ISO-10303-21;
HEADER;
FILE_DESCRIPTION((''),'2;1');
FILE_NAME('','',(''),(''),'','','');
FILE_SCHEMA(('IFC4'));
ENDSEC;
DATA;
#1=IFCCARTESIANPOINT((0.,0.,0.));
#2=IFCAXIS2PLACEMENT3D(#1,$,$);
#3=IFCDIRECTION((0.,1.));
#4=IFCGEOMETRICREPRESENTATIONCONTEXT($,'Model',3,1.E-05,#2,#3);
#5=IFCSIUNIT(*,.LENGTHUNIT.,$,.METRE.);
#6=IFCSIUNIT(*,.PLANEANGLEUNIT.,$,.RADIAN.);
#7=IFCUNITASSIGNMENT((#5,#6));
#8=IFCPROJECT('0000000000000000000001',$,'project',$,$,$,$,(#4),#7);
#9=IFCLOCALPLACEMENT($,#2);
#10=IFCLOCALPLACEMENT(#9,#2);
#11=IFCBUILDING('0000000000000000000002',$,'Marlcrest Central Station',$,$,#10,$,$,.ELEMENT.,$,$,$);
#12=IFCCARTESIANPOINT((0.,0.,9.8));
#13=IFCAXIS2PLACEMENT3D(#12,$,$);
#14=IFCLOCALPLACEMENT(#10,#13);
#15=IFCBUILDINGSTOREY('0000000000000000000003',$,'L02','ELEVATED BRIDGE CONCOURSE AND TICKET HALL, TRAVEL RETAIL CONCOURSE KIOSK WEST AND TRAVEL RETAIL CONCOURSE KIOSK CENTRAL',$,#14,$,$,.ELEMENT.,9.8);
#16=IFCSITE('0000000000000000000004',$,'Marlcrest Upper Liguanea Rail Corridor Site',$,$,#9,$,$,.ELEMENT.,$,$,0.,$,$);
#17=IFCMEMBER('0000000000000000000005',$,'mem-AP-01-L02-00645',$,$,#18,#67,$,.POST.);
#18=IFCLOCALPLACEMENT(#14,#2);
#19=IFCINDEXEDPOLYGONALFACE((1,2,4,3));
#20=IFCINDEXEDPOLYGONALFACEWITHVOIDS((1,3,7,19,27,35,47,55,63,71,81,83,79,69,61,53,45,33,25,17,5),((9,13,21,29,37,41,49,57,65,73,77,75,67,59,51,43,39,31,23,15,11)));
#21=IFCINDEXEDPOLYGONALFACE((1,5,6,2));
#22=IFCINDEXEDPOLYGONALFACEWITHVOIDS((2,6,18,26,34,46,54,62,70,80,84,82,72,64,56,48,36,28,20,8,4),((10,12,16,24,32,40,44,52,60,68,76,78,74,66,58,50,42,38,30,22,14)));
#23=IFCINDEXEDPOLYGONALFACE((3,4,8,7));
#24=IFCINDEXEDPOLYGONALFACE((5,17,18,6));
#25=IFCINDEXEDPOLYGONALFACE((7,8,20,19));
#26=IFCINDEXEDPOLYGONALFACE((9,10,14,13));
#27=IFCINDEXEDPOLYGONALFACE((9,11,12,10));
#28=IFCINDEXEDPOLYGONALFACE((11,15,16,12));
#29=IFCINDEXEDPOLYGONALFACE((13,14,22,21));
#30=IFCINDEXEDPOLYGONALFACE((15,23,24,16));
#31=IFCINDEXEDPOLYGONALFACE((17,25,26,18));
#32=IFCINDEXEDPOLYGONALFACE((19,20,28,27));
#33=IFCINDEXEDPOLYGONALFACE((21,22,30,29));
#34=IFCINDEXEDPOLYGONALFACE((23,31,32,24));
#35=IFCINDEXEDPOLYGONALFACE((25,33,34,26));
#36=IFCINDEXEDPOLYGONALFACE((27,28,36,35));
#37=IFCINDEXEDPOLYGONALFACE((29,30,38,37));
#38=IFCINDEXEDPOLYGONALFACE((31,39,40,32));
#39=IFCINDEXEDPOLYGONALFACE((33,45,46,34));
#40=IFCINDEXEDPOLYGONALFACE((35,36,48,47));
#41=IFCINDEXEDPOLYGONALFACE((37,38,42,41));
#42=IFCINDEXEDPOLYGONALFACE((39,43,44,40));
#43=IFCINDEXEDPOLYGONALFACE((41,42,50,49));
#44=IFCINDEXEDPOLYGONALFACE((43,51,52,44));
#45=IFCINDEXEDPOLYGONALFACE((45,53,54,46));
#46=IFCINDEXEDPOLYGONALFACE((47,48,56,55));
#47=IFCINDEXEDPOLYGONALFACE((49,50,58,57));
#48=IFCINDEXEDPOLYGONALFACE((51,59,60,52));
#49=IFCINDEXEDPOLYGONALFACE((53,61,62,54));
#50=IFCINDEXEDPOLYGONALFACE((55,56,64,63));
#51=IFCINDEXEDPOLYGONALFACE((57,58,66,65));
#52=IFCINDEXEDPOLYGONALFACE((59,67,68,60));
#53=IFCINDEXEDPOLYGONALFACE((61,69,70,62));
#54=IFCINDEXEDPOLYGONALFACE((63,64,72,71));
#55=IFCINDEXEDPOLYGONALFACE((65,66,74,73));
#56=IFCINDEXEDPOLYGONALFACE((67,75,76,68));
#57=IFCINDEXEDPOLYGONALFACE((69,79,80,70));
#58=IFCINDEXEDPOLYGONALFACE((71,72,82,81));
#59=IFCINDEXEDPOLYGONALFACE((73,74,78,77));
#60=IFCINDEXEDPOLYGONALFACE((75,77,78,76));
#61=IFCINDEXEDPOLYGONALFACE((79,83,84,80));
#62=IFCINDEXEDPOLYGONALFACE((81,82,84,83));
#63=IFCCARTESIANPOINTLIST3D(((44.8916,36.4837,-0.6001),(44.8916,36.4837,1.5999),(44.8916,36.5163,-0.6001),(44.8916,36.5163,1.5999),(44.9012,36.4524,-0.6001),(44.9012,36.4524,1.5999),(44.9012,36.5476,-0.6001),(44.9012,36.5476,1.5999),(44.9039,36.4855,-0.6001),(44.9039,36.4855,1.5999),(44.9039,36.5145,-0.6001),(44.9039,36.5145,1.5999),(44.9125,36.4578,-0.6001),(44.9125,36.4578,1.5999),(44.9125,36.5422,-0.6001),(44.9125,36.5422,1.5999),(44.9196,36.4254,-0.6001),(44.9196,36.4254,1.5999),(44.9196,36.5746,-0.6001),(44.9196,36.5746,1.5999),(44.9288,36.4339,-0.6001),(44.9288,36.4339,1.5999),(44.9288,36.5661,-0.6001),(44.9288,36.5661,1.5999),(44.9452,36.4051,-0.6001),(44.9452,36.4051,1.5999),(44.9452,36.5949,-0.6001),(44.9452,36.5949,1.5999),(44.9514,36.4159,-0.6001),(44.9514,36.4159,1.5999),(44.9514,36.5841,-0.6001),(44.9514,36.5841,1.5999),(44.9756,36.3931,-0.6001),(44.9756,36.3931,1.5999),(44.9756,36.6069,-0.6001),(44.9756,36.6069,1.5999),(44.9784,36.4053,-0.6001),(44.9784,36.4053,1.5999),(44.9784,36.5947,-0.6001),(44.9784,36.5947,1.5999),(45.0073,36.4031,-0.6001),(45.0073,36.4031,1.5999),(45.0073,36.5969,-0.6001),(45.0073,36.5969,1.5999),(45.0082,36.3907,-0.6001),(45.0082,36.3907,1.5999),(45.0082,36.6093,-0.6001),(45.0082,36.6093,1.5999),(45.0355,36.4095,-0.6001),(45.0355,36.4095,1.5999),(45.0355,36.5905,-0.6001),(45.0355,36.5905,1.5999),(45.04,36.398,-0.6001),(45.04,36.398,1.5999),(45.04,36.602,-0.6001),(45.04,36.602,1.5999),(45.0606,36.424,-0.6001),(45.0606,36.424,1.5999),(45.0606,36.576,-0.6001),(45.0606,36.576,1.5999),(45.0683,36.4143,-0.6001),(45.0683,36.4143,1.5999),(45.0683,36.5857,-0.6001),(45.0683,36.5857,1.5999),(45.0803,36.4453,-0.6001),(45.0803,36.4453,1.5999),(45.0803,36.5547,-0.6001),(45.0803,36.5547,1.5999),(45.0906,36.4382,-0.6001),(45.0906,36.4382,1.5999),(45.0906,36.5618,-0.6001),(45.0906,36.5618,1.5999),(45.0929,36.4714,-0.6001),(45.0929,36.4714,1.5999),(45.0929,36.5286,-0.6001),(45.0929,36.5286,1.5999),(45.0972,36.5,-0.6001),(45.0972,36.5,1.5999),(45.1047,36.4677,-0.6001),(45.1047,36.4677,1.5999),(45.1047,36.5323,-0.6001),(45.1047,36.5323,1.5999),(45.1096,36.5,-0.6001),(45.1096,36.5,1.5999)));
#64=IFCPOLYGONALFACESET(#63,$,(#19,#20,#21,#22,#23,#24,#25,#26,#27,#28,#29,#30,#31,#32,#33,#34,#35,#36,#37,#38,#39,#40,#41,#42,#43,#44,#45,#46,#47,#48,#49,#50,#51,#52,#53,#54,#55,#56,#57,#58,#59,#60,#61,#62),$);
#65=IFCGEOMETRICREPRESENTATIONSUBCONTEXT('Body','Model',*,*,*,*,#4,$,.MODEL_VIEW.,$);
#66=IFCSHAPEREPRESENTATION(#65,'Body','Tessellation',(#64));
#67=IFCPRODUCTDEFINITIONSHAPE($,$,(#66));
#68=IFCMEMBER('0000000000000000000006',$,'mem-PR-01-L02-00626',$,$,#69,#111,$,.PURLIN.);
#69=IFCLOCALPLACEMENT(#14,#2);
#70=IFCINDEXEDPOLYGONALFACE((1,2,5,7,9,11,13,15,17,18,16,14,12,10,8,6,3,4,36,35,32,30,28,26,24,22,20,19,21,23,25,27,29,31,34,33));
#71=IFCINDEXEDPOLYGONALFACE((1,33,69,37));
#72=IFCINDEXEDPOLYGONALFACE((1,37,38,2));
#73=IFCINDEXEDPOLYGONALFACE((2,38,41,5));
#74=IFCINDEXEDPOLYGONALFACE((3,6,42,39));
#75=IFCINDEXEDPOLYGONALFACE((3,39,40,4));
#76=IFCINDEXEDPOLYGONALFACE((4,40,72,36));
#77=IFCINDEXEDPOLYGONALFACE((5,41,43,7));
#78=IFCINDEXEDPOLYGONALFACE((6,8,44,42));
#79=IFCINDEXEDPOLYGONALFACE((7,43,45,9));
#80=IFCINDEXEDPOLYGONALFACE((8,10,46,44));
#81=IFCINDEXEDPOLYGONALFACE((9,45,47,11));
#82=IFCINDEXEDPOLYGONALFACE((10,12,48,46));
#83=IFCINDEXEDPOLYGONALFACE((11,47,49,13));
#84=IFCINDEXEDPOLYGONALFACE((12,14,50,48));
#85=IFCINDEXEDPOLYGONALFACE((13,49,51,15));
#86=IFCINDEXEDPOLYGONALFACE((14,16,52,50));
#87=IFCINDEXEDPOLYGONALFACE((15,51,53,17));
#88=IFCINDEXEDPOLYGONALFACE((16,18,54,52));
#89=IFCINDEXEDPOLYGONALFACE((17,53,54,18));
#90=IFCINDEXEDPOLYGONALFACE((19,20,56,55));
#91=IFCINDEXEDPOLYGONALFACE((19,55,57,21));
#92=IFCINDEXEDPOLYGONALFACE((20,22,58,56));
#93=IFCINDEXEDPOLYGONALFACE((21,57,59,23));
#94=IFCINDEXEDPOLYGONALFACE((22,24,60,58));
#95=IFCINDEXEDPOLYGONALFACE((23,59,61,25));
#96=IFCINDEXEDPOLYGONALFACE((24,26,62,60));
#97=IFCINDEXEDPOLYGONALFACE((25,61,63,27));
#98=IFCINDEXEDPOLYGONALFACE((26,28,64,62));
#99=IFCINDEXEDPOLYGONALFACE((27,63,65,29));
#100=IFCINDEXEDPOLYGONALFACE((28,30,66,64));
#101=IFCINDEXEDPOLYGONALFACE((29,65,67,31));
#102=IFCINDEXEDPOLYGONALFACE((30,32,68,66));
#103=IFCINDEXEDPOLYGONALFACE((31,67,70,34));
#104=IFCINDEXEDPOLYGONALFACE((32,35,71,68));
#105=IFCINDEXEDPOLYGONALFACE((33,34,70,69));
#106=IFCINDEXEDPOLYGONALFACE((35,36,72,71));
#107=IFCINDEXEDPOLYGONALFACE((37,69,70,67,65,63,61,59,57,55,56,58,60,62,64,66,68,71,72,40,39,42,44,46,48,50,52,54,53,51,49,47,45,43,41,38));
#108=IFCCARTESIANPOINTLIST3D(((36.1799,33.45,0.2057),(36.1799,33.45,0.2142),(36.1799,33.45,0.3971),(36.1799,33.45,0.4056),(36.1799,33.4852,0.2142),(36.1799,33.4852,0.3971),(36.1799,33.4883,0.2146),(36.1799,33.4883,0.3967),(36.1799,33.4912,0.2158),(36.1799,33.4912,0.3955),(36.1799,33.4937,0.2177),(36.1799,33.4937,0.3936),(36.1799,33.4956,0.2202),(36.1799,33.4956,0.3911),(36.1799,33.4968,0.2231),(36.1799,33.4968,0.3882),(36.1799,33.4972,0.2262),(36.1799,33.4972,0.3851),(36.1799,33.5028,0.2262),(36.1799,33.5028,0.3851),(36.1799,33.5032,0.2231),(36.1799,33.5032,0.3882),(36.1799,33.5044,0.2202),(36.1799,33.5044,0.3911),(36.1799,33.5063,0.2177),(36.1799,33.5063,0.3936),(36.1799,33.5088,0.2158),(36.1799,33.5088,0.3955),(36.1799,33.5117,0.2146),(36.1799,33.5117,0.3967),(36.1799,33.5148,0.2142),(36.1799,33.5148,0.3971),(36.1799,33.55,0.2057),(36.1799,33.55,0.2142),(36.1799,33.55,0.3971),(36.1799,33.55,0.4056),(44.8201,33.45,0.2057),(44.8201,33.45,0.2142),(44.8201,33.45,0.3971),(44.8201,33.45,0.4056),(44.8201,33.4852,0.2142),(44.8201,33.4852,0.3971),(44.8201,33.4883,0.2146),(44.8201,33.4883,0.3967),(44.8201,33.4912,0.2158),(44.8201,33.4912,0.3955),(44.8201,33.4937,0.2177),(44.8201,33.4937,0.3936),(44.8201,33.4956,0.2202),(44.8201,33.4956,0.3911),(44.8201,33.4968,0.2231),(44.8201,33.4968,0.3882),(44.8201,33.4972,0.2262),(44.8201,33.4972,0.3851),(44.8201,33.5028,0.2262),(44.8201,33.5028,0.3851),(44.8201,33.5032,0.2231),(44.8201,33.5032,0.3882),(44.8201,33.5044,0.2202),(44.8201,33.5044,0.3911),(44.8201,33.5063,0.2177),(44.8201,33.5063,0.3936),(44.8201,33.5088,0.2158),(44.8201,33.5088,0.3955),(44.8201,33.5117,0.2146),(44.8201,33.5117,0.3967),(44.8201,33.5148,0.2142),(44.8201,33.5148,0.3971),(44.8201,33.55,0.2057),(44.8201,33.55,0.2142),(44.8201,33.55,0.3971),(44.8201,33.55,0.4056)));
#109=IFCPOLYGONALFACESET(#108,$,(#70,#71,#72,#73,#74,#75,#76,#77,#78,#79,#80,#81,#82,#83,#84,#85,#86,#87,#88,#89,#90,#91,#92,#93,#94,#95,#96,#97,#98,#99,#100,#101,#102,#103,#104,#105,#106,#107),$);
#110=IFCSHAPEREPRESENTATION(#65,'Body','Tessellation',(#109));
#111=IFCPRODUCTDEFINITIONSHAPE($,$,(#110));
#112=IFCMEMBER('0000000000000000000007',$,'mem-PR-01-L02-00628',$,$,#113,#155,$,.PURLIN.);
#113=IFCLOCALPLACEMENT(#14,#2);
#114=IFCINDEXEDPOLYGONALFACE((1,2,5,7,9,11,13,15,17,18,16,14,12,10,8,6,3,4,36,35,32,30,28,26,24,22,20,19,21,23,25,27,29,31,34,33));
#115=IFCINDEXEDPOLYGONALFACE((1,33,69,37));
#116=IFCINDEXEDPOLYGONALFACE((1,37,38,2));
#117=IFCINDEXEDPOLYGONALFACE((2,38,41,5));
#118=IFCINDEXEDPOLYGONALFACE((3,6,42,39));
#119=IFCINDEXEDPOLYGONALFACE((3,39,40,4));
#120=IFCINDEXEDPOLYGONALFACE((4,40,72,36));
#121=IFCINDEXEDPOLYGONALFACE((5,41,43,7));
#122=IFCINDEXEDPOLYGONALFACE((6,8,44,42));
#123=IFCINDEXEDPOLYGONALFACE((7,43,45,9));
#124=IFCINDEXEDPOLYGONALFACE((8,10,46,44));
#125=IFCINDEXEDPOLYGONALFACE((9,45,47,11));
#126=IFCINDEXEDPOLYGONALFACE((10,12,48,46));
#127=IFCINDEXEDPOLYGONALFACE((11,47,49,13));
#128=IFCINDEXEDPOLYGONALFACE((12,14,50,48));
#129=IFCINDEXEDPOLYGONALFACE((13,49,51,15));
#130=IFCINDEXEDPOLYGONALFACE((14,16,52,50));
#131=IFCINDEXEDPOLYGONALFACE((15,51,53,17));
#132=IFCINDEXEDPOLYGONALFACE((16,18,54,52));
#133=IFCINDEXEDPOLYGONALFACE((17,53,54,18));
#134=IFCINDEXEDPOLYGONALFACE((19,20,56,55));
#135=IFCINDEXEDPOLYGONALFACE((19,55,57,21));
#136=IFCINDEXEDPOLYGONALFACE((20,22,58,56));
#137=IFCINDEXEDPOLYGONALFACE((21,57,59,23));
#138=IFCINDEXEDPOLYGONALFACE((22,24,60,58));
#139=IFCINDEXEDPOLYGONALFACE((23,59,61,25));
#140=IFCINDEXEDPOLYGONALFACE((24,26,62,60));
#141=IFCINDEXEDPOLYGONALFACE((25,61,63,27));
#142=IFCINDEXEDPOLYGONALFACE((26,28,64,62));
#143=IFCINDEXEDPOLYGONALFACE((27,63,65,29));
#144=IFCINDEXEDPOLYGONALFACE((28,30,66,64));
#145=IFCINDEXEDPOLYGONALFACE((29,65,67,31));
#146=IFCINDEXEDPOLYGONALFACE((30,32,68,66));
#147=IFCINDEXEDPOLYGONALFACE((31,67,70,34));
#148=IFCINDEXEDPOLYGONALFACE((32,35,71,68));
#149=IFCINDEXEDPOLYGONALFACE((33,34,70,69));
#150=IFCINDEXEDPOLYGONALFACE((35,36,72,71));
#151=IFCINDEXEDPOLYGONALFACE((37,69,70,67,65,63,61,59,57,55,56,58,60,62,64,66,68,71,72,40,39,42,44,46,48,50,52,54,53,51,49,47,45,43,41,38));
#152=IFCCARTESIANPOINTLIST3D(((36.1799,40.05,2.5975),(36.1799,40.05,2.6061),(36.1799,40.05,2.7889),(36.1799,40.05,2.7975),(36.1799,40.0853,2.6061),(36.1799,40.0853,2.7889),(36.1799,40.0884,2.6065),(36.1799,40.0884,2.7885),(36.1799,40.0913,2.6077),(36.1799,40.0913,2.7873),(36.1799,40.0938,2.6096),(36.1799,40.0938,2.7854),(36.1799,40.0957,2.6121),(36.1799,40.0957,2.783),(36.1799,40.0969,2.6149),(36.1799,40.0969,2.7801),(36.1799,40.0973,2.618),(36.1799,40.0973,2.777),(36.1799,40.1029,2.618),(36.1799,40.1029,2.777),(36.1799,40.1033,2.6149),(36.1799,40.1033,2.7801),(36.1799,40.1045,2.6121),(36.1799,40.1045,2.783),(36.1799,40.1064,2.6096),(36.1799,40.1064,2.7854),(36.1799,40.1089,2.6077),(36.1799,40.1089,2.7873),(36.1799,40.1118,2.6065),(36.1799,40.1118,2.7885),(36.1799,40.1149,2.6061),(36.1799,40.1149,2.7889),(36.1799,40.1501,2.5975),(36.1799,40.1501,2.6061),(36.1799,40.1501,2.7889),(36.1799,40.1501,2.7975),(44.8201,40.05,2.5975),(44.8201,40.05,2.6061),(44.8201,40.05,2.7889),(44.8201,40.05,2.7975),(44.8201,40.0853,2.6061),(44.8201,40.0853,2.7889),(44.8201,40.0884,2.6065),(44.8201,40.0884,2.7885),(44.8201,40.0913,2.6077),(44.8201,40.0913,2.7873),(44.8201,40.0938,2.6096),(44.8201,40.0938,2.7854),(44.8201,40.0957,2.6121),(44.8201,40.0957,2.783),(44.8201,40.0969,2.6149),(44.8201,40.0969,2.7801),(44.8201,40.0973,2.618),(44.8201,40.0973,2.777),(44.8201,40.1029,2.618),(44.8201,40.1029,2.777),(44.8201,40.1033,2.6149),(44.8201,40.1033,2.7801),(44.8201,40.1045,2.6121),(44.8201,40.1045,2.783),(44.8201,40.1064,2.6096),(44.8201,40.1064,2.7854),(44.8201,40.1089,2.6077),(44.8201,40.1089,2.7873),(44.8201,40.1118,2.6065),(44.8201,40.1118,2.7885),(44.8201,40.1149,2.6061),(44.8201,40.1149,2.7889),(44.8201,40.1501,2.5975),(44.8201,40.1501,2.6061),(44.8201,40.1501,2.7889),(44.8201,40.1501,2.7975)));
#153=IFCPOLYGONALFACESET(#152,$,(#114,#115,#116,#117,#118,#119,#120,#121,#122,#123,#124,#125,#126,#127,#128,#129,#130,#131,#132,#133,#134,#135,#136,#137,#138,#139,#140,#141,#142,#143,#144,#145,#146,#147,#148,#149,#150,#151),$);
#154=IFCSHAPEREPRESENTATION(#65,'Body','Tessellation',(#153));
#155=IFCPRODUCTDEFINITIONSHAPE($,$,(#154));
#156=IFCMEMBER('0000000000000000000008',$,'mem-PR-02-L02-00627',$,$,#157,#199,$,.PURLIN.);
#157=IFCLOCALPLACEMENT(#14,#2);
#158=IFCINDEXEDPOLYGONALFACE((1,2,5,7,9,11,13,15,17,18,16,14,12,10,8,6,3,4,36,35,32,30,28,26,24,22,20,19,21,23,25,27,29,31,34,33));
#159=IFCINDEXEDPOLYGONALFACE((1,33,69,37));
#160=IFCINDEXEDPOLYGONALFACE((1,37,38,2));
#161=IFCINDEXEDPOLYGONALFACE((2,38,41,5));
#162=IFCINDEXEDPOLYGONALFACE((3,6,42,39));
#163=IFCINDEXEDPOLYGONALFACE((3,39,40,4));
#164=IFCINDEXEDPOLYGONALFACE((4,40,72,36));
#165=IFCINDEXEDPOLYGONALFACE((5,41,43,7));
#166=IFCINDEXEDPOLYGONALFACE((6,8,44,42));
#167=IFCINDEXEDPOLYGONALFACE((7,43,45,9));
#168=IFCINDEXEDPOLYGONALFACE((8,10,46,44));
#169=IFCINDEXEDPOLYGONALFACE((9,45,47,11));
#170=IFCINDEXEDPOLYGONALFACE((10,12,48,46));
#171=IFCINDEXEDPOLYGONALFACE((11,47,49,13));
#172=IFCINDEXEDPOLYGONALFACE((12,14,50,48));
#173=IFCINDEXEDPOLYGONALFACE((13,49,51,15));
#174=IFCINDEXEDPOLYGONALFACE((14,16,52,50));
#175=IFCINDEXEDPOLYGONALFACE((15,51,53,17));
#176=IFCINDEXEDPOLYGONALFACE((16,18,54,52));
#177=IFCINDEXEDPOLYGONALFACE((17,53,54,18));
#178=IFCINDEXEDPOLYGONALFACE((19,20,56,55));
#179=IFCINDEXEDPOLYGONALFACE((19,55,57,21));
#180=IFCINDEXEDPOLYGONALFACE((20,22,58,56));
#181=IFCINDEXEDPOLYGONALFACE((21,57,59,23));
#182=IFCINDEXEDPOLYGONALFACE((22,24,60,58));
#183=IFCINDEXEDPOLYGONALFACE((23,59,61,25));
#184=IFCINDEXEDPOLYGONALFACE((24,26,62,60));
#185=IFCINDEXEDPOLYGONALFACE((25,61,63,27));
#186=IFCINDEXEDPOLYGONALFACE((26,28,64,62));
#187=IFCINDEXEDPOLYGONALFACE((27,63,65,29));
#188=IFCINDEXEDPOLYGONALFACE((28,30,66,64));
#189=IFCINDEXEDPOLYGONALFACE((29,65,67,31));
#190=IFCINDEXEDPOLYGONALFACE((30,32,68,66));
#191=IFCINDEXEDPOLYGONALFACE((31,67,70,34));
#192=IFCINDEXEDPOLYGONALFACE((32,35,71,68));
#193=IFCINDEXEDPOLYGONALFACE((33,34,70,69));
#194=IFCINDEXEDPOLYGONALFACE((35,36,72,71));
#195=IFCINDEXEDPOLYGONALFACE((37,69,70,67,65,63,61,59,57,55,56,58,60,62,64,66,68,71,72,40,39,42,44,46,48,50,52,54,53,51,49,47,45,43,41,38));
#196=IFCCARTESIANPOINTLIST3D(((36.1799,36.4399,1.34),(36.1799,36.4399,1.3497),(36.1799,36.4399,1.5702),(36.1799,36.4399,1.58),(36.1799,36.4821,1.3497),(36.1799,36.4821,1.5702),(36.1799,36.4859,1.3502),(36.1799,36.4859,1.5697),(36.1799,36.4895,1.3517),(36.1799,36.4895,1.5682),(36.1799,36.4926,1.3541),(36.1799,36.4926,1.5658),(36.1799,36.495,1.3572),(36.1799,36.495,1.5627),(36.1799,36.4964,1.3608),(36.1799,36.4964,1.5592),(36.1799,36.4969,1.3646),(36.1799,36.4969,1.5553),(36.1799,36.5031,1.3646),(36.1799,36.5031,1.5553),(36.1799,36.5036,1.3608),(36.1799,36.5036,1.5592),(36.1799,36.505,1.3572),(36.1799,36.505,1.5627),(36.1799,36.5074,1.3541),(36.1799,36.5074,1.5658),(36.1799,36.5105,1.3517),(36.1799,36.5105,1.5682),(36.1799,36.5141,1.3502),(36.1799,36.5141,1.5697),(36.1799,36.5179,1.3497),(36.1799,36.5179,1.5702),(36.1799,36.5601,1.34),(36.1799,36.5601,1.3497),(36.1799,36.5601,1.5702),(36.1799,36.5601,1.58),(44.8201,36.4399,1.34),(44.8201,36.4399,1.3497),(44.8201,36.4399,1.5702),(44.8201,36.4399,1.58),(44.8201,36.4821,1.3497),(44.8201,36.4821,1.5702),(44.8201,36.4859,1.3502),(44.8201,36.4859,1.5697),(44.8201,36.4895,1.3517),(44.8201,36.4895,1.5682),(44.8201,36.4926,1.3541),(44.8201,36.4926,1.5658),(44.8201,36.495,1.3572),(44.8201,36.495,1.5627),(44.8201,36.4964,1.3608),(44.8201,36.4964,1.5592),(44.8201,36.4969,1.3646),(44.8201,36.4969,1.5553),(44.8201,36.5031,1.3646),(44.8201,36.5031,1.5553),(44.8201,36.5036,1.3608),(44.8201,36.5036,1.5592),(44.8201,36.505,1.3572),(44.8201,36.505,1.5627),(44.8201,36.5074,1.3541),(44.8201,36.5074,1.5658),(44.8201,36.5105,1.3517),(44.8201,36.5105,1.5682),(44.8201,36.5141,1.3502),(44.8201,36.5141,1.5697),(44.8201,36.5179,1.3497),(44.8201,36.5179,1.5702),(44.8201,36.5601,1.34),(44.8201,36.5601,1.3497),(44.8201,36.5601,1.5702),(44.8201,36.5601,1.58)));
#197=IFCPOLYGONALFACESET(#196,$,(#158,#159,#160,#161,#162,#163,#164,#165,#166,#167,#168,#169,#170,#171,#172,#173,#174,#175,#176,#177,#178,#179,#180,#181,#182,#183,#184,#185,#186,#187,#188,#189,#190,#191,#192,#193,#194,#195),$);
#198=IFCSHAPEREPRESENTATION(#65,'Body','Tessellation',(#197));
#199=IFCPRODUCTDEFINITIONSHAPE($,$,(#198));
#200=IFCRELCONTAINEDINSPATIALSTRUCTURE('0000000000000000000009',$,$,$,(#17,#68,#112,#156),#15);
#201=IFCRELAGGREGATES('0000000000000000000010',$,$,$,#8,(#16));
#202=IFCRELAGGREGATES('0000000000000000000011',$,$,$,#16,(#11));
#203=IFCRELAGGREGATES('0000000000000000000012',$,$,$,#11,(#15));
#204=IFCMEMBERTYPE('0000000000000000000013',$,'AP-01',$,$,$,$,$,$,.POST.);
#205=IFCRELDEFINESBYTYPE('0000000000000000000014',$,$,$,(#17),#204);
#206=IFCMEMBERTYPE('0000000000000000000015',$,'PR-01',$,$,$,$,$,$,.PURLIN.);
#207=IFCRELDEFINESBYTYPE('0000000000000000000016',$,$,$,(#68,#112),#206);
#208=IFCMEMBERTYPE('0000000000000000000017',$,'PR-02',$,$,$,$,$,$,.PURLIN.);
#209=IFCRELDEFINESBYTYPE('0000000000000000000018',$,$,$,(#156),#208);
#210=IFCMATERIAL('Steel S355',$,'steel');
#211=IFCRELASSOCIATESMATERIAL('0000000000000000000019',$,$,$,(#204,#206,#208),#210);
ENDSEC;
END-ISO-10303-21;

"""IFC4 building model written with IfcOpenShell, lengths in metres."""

from ifc_helpers import new_model, si_unit, direction, frame, origin, origin_2d, place, context, subcontext, project, spatial, hollow_circle, i_section, extrude, material, material_profile, profile_set, type_object, element, save


model = new_model("IFC4")

# Units and contexts
model_context = context("Model", 3, precision=1e-05, world=origin(), true_north=direction((0.0, 1.0)))
body_context = subcontext(model_context, "Body", "Model", "MODEL_VIEW")
ifc_project = project(units=[si_unit("LENGTHUNIT", "METRE"), si_unit("PLANEANGLEUNIT", "RADIAN")], contexts=[model_context])

# Site, building, storey
site_placement = place(None, origin())
site = spatial("IfcSite", under=ifc_project, at=site_placement, Name="Marlcrest Upper Liguanea Rail Corridor Site", CompositionType="ELEMENT", RefElevation=0.0)
building_placement = place(site_placement, origin())
building = spatial("IfcBuilding", under=site, at=building_placement, Name="Marlcrest Central Station", CompositionType="ELEMENT")
storey_placement = place(building_placement, frame((0.0, 0.0, 9.8)))
storey = spatial("IfcBuildingStorey", under=building, at=storey_placement, Name="L02", Description="ELEVATED BRIDGE CONCOURSE AND TICKET HALL, TRAVEL RETAIL CONCOURSE KIOSK WEST AND TRAVEL RETAIL CONCOURSE KIOSK CENTRAL", CompositionType="ELEMENT", Elevation=9.8)

# Members
ifc_material_1 = material(Name="Steel S355", Category="steel")
ifc_material_profile_1 = material_profile(ifc_material_1, hollow_circle(Radius=0.1096, WallThickness=0.0125, at=origin_2d()), Name="CHS 219.1x12.5")
ifc_profile_set_1 = profile_set([ifc_material_profile_1], Name="Steel S355")
member_type_1 = type_object("IfcMemberType", Name="AP-01", PredefinedType="POST", material=ifc_profile_set_1)
for number, where, z_axis, x_axis, name in (
    (1, (45.0, 36.5, -0.6001), (0.0, 0.0, 1.0), (1.0, 0.0, 0.0), "mem-AP-01-L02-00645"),
):
    element("IfcMember", number, at=place(storey_placement, frame(where, z_axis=z_axis, x_axis=x_axis)), inside=storey, type_object=member_type_1, Name=name, PredefinedType="POST", context=body_context, shape_type="SweptSolid", body=[
        extrude(hollow_circle(Radius=0.1096, WallThickness=0.0125, at=origin_2d()), origin(), (0.0, 0.0, 1.0), 2.2),
    ])
ifc_material_profile_2 = material_profile(ifc_material_1, i_section(OverallWidth=0.1001, OverallDepth=0.2, WebThickness=0.0056, FlangeThickness=0.0085, FilletRadius=0.012, at=origin_2d()), Name="IPE 200")
ifc_profile_set_2 = profile_set([ifc_material_profile_2], Name="Steel S355")
member_type_2 = type_object("IfcMemberType", Name="PR-01", PredefinedType="PURLIN", material=ifc_profile_set_2)
for number, where, z_axis, x_axis, name in (
    (2, (36.1799, 33.5, 0.3057), (1.0, 0.0, 0.0), (0.0, 1.0, 0.0), "mem-PR-01-L02-00626"),
    (3, (36.1799, 40.1001, 2.6975), (1.0, 0.0, 0.0), (0.0, 1.0, 0.0), "mem-PR-01-L02-00628"),
):
    element("IfcMember", number, at=place(storey_placement, frame(where, z_axis=z_axis, x_axis=x_axis)), inside=storey, type_object=member_type_2, Name=name, PredefinedType="PURLIN", context=body_context, shape_type="SweptSolid", body=[
        extrude(i_section(OverallWidth=0.1001, OverallDepth=0.2, WebThickness=0.0056, FlangeThickness=0.0085, FilletRadius=0.012, at=origin_2d()), origin(), (0.0, 0.0, 1.0), 8.6401),
    ])
ifc_material_profile_3 = material_profile(ifc_material_1, i_section(OverallWidth=0.1201, OverallDepth=0.24, WebThickness=0.0061, FlangeThickness=0.0098, FilletRadius=0.0149, at=origin_2d()), Name="IPE 240")
ifc_profile_set_3 = profile_set([ifc_material_profile_3], Name="Steel S355")
member_type_3 = type_object("IfcMemberType", Name="PR-02", PredefinedType="PURLIN", material=ifc_profile_set_3)
member_1_placement = place(storey_placement, frame((36.1799, 36.5, 1.46), z_axis=(1.0, 0.0, 0.0), x_axis=(0.0, 1.0, 0.0)))
element("IfcMember", 4, at=member_1_placement, inside=storey, type_object=member_type_3, Name="mem-PR-02-L02-00627", PredefinedType="PURLIN", context=body_context, shape_type="SweptSolid", body=[
    extrude(i_section(OverallWidth=0.1201, OverallDepth=0.24, WebThickness=0.0061, FlangeThickness=0.0098, FilletRadius=0.0149, at=origin_2d()), origin(), (0.0, 0.0, 1.0), 8.6401),
])

save(model, "model.ifc")
